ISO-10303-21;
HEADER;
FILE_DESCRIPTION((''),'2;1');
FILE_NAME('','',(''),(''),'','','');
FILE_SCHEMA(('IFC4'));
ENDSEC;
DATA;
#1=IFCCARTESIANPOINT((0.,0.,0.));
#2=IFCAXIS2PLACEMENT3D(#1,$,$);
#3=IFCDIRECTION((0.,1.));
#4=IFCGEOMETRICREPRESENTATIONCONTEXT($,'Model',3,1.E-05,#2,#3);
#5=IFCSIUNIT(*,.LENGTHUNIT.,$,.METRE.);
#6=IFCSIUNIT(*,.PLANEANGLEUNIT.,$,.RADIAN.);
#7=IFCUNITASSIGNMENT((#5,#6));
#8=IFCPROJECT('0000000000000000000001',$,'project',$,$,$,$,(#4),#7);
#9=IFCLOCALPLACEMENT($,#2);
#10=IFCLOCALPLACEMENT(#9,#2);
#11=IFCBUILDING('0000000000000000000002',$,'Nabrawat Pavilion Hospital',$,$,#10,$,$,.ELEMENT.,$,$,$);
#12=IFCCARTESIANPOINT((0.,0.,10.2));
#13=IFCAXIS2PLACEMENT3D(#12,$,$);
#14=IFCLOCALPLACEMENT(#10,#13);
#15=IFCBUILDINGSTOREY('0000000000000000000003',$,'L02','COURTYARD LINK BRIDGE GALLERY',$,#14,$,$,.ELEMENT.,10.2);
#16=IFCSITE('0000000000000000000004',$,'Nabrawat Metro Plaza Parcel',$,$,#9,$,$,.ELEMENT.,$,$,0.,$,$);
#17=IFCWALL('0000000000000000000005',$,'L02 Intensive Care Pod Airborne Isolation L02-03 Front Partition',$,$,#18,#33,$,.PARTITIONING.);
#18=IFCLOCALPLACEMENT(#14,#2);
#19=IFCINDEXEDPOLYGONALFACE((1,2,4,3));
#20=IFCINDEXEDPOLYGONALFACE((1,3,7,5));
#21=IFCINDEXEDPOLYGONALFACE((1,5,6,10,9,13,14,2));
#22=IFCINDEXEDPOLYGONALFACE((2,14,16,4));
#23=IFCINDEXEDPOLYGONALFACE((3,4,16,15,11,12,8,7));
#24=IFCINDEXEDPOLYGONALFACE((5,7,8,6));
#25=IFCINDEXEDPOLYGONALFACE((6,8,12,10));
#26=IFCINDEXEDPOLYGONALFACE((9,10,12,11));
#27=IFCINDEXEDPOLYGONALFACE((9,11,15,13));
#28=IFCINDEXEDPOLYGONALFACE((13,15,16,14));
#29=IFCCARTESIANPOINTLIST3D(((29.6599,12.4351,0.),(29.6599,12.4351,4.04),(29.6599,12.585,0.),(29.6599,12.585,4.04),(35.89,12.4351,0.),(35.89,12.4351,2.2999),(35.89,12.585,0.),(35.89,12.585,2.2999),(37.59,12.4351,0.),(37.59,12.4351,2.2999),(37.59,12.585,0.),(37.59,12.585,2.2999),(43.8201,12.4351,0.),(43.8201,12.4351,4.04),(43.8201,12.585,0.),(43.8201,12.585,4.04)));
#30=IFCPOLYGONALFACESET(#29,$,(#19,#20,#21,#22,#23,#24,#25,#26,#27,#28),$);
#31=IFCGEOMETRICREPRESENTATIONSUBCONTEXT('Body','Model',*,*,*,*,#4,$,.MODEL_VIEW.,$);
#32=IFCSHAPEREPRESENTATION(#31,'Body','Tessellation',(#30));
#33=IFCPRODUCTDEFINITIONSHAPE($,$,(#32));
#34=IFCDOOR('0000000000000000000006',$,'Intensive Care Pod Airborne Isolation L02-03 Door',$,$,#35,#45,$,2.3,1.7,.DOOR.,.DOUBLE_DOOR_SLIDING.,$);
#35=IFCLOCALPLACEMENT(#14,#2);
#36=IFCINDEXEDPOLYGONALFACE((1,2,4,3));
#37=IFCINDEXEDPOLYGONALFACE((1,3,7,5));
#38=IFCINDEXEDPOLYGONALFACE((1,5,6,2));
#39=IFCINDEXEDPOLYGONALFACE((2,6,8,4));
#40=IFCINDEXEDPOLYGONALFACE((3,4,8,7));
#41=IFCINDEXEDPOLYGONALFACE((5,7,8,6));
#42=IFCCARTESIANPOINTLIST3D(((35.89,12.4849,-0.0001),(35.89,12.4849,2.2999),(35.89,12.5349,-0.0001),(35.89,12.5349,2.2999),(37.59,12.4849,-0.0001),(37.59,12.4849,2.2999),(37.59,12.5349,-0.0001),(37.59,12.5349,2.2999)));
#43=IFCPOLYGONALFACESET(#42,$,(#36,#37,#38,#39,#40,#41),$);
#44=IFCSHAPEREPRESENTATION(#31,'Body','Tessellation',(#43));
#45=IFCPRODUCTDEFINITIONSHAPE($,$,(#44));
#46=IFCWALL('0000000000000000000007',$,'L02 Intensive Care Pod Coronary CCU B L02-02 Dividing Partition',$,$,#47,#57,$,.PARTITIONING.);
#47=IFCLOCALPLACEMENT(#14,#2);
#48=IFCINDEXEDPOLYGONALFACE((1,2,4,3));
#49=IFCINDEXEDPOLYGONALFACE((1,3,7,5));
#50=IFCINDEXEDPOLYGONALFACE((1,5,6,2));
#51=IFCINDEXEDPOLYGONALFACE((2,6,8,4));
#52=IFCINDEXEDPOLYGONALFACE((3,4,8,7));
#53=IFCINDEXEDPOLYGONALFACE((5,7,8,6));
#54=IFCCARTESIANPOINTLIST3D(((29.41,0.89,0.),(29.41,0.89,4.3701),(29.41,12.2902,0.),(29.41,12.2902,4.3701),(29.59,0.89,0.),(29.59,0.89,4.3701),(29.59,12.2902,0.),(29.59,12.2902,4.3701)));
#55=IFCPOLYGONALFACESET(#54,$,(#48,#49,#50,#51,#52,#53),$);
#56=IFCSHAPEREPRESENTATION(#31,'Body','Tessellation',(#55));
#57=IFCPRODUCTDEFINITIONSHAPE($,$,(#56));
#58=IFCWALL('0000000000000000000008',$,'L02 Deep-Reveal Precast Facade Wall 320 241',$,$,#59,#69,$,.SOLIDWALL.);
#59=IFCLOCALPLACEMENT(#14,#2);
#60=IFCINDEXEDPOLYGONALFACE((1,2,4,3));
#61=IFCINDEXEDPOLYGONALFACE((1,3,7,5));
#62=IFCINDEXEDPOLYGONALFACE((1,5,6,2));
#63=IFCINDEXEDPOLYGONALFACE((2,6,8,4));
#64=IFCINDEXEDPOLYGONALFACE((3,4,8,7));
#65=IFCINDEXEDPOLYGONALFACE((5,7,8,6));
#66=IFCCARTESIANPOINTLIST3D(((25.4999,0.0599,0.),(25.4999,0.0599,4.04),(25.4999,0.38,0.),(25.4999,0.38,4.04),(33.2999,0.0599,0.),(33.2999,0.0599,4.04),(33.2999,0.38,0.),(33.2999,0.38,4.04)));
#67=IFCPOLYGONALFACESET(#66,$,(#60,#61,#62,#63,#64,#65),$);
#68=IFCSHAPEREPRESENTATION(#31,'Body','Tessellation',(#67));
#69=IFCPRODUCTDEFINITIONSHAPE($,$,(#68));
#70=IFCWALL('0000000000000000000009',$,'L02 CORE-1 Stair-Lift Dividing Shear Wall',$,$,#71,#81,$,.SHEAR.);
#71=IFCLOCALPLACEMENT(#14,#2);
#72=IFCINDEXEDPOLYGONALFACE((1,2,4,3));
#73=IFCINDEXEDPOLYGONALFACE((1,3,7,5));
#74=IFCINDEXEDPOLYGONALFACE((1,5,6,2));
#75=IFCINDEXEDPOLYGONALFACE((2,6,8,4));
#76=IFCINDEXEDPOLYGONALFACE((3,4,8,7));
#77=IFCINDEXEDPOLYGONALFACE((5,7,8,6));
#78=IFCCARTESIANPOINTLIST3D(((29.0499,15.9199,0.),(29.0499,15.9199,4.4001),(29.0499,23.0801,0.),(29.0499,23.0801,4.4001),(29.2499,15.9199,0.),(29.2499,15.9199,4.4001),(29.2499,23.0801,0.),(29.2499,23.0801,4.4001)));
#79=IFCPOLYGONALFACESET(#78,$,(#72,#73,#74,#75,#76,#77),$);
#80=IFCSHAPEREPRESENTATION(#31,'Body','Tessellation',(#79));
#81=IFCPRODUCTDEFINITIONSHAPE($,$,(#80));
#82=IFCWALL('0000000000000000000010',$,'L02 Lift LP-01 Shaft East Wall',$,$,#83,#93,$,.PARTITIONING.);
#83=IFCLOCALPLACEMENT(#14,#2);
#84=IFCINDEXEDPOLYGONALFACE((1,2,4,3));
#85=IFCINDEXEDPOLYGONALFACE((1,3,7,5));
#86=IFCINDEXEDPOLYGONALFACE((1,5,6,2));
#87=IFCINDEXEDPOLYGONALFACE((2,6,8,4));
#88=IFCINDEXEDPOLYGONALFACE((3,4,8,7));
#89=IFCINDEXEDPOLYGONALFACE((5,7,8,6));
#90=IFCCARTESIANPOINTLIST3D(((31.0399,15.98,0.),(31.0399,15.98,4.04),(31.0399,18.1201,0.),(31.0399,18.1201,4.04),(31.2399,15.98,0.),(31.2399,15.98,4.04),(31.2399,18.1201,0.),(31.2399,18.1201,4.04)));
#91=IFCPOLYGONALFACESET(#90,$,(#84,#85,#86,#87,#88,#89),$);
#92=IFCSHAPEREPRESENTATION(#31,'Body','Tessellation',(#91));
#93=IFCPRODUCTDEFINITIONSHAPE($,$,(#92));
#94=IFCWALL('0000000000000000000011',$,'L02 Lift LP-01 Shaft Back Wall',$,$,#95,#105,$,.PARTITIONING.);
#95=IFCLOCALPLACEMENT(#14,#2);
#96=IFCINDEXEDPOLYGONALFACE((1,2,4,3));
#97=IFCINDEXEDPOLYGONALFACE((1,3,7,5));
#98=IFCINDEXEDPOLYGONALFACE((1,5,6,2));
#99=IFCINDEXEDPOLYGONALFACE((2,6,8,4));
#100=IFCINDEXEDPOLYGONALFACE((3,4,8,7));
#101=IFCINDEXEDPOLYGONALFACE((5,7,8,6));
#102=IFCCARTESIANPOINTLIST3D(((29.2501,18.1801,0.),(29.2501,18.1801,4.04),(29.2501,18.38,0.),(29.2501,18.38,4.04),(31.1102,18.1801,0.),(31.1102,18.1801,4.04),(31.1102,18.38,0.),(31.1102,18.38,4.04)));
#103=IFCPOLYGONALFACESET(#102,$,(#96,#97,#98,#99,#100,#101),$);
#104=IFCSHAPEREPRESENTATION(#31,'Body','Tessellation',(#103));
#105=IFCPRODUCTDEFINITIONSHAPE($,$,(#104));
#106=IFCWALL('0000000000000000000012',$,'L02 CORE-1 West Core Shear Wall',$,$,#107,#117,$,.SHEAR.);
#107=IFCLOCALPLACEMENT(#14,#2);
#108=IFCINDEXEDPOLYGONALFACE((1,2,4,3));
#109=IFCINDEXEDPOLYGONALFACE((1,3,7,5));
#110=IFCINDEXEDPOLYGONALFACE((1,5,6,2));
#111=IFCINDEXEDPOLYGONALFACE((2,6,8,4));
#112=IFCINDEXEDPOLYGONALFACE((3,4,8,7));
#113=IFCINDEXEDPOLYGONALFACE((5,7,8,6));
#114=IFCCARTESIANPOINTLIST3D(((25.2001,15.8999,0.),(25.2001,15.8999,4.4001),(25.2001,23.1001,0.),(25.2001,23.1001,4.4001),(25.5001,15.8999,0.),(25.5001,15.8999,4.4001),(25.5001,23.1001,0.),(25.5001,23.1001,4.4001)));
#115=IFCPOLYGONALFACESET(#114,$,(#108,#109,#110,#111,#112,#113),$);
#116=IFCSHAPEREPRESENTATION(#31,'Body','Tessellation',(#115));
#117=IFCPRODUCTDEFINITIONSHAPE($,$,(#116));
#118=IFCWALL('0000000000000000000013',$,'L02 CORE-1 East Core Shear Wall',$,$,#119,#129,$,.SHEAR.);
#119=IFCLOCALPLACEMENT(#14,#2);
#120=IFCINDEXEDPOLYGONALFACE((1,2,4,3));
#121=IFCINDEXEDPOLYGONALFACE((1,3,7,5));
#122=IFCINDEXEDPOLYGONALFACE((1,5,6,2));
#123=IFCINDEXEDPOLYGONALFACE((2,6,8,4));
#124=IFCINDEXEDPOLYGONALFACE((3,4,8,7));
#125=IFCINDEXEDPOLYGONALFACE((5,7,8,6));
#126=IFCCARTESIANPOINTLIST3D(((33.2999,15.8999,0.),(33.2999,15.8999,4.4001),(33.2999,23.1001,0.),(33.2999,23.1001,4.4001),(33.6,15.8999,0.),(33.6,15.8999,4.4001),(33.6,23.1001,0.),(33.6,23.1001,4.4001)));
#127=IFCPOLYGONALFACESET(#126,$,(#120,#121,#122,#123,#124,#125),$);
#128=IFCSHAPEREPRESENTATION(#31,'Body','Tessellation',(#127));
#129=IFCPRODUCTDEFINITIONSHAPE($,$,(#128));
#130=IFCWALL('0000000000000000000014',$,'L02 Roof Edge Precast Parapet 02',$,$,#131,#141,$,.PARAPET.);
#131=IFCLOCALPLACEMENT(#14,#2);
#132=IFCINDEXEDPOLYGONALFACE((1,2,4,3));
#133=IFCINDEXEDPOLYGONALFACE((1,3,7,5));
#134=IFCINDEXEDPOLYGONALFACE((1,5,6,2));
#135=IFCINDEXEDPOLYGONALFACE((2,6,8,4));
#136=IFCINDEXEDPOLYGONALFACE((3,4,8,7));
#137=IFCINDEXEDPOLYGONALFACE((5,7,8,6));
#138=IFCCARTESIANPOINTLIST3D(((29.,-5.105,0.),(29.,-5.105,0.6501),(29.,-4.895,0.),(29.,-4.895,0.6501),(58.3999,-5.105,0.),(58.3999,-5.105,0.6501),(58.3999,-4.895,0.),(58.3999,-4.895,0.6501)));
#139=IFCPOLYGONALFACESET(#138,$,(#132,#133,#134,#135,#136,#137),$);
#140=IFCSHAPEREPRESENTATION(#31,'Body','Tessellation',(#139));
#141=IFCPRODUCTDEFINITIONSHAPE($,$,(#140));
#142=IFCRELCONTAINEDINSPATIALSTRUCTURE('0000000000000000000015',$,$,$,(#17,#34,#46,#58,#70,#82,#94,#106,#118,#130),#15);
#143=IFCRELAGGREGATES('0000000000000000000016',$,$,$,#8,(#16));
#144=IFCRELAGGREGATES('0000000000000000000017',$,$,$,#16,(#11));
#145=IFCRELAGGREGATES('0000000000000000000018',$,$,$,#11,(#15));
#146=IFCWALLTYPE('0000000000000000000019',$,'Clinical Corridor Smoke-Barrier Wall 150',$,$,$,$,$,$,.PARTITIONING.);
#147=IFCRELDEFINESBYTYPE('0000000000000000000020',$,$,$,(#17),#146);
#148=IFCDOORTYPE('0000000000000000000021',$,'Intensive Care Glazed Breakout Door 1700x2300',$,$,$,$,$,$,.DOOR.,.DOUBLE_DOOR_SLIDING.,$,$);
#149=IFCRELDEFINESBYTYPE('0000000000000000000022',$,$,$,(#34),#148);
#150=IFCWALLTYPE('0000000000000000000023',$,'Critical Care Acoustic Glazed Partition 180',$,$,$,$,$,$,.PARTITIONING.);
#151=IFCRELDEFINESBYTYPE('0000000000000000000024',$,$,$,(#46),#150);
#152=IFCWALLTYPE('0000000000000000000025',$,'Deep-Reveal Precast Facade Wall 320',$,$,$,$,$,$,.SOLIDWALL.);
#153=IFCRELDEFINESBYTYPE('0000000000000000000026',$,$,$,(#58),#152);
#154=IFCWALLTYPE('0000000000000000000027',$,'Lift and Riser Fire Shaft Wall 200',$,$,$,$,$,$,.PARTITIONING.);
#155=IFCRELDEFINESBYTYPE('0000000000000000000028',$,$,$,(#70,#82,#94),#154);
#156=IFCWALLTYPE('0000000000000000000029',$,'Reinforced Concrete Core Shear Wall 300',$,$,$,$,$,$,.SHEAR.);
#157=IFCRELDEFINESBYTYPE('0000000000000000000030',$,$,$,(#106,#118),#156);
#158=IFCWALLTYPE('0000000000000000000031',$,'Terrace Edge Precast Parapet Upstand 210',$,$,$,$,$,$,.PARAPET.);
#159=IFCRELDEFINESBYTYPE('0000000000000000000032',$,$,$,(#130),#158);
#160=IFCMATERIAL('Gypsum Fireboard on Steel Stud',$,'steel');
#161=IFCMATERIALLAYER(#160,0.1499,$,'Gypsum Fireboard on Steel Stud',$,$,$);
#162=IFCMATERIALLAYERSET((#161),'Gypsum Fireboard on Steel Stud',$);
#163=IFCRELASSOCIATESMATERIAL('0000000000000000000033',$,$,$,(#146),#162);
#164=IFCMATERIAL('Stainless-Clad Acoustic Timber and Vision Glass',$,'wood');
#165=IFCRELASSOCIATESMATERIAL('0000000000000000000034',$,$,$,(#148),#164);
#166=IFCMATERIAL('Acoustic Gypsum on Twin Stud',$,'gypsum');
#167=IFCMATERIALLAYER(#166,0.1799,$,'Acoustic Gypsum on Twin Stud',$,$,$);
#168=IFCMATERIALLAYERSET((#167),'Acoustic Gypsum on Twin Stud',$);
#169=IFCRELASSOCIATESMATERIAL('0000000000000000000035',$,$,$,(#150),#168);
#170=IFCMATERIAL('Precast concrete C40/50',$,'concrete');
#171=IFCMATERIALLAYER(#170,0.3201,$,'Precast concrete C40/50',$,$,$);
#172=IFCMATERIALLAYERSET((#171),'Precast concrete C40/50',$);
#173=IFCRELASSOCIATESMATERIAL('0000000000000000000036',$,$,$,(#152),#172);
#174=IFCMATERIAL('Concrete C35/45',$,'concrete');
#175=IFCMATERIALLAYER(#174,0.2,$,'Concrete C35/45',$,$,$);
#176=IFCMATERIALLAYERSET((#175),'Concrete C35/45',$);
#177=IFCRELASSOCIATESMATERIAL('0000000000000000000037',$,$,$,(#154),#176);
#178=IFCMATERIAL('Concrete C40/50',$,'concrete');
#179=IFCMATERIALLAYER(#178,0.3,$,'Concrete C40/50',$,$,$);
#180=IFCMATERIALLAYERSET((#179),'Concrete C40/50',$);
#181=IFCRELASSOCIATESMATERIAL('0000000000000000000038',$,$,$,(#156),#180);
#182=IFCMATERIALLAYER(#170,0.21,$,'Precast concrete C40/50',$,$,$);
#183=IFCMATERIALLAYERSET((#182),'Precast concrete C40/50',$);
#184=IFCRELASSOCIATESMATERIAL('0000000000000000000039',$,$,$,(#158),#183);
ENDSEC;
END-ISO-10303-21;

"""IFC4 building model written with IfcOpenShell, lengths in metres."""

from ifc_helpers import new_model, si_unit, direction, frame, frame_2d, origin, place, context, subcontext, project, spatial, rectangle, extrude, material, layer, layer_set, type_object, element, fill, save


model = new_model("IFC4")

# Units and contexts
model_context = context("Model", 3, precision=1e-05, world=origin(), true_north=direction((0.0, 1.0)))
body_context = subcontext(model_context, "Body", "Model", "MODEL_VIEW")
ifc_project = project(units=[si_unit("LENGTHUNIT", "METRE"), si_unit("PLANEANGLEUNIT", "RADIAN")], contexts=[model_context])

# Site, building, storey
site_placement = place(None, origin())
site = spatial("IfcSite", under=ifc_project, at=site_placement, Name="Nabrawat Metro Plaza Parcel", CompositionType="ELEMENT", RefElevation=0.0)
building_placement = place(site_placement, origin())
building = spatial("IfcBuilding", under=site, at=building_placement, Name="Nabrawat Pavilion Hospital", CompositionType="ELEMENT")
storey_placement = place(building_placement, frame((0.0, 0.0, 10.2)))
storey = spatial("IfcBuildingStorey", under=building, at=storey_placement, Name="L02", Description="COURTYARD LINK BRIDGE GALLERY", CompositionType="ELEMENT", Elevation=10.2)

# Shared definitions
ifc_material_1 = material(Name="Concrete C40/50", Category="concrete")

# Wall, opening, door
ifc_material_2 = material(Name="Gypsum Fireboard on Steel Stud", Category="steel")
ifc_layer_1 = layer(ifc_material_2, 0.1499, Name="Gypsum Fireboard on Steel Stud")
ifc_layer_set_1 = layer_set([ifc_layer_1], Name="Gypsum Fireboard on Steel Stud")
wall_type_1 = type_object("IfcWallType", Name="Clinical Corridor Smoke-Barrier Wall 150", PredefinedType="PARTITIONING", material=ifc_layer_set_1)
wall_1_placement = place(storey_placement, frame((29.6599, 12.51, 0.0), z_axis=(0.0, 0.0, 1.0), x_axis=(1.0, 0.0, 0.0)))
wall_1 = element("IfcWall", 1, at=wall_1_placement, inside=storey, type_object=wall_type_1, Name="L02 Intensive Care Pod Airborne Isolation L02-03 Front Partition", PredefinedType="PARTITIONING", context=body_context, shape_type="SweptSolid", body=[
    extrude(rectangle(XDim=14.1602, YDim=0.1499, at=frame_2d((7.0801, 0.0))), origin(), (0.0, 0.0, 1.0), 4.04),
])
opening_placement = place(wall_1_placement, frame((6.23, 0.0, 0.0)))
opening = element("IfcOpeningElement", 2, at=opening_placement, cuts=wall_1, PredefinedType="OPENING", context=body_context, shape_type="SweptSolid", body=[
    extrude(rectangle(XDim=1.7, YDim=2.3, at=frame_2d((0.8501, 1.1499))), frame((0.0, 0.085, 0.0), z_axis=(0.0, -1.0, 0.0), x_axis=(1.0, 0.0, 0.0)), (0.0, 0.0, 1.0), 0.1699),
])
ifc_material_3 = material(Name="Stainless-Clad Acoustic Timber and Vision Glass", Category="wood")
door_type = type_object("IfcDoorType", Name="Intensive Care Glazed Breakout Door 1700x2300", OperationType="DOUBLE_DOOR_SLIDING", PredefinedType="DOOR", material=ifc_material_3)
door_placement = place(opening_placement, origin())
door = element("IfcDoor", 3, at=door_placement, inside=storey, type_object=door_type, Name="Intensive Care Pod Airborne Isolation L02-03 Door", OperationType="DOUBLE_DOOR_SLIDING", OverallHeight=2.3, OverallWidth=1.7, PredefinedType="DOOR", context=body_context, shape_type="SweptSolid", body=[
    extrude(rectangle(XDim=1.7, YDim=2.3, at=frame_2d((0.8501, 1.1499))), frame((0.0, 0.0249, 0.0), z_axis=(0.0, -1.0, 0.0), x_axis=(1.0, 0.0, 0.0)), (0.0, 0.0, 1.0), 0.05),
])
fill(opening, door)

# Walls
ifc_material_4 = material(Name="Acoustic Gypsum on Twin Stud", Category="gypsum")
ifc_layer_2 = layer(ifc_material_4, 0.1799, Name="Acoustic Gypsum on Twin Stud")
ifc_layer_set_2 = layer_set([ifc_layer_2], Name="Acoustic Gypsum on Twin Stud")
wall_type_2 = type_object("IfcWallType", Name="Critical Care Acoustic Glazed Partition 180", PredefinedType="PARTITIONING", material=ifc_layer_set_2)
wall_2_placement = place(storey_placement, frame((29.5, 0.8899, 0.0), z_axis=(0.0, 0.0, 1.0), x_axis=(0.0, 1.0, 0.0)))
element("IfcWall", 4, at=wall_2_placement, inside=storey, type_object=wall_type_2, Name="L02 Intensive Care Pod Coronary CCU B L02-02 Dividing Partition", PredefinedType="PARTITIONING", context=body_context, shape_type="SweptSolid", body=[
    extrude(rectangle(XDim=11.4001, YDim=0.1799, at=frame_2d((5.7002, 0.0))), origin(), (0.0, 0.0, 1.0), 4.3701),
])
ifc_material_5 = material(Name="Precast concrete C40/50", Category="concrete")
ifc_layer_3 = layer(ifc_material_5, 0.3201, Name="Precast concrete C40/50")
ifc_layer_set_3 = layer_set([ifc_layer_3], Name="Precast concrete C40/50")
wall_type_3 = type_object("IfcWallType", Name="Deep-Reveal Precast Facade Wall 320", PredefinedType="SOLIDWALL", material=ifc_layer_set_3)
wall_3_placement = place(storey_placement, frame((25.5, 0.22, 0.0), z_axis=(0.0, 0.0, 1.0), x_axis=(1.0, 0.0, 0.0)))
element("IfcWall", 5, at=wall_3_placement, inside=storey, type_object=wall_type_3, Name="L02 Deep-Reveal Precast Facade Wall 320 241", PredefinedType="SOLIDWALL", context=body_context, shape_type="SweptSolid", body=[
    extrude(rectangle(XDim=7.8, YDim=0.3201, at=frame_2d((3.8999, 0.0))), origin(), (0.0, 0.0, 1.0), 4.04),
])
ifc_material_6 = material(Name="Concrete C35/45", Category="concrete")
ifc_layer_4 = layer(ifc_material_6, 0.2, Name="Concrete C35/45")
ifc_layer_set_4 = layer_set([ifc_layer_4], Name="Concrete C35/45")
wall_type_4 = type_object("IfcWallType", Name="Lift and Riser Fire Shaft Wall 200", PredefinedType="PARTITIONING", material=ifc_layer_set_4)
wall_4_placement = place(storey_placement, frame((29.1499, 15.9199, 0.0), z_axis=(0.0, 0.0, 1.0), x_axis=(0.0, 1.0, 0.0)))
element("IfcWall", 6, at=wall_4_placement, inside=storey, type_object=wall_type_4, Name="L02 CORE-1 Stair-Lift Dividing Shear Wall", PredefinedType="SHEAR", context=body_context, shape_type="SweptSolid", body=[
    extrude(rectangle(XDim=7.1602, YDim=0.2, at=frame_2d((3.5801, 0.0))), origin(), (0.0, 0.0, 1.0), 4.4001),
])
wall_5_placement = place(storey_placement, frame((31.1399, 15.98, 0.0), z_axis=(0.0, 0.0, 1.0), x_axis=(0.0, 1.0, 0.0)))
element("IfcWall", 7, at=wall_5_placement, inside=storey, type_object=wall_type_4, Name="L02 Lift LP-01 Shaft East Wall", PredefinedType="PARTITIONING", context=body_context, shape_type="SweptSolid", body=[
    extrude(rectangle(XDim=2.1401, YDim=0.2, at=frame_2d((1.0701, 0.0))), origin(), (0.0, 0.0, 1.0), 4.04),
])
wall_6_placement = place(storey_placement, frame((29.25, 18.28, 0.0), z_axis=(0.0, 0.0, 1.0), x_axis=(1.0, 0.0, 0.0)))
element("IfcWall", 8, at=wall_6_placement, inside=storey, type_object=wall_type_4, Name="L02 Lift LP-01 Shaft Back Wall", PredefinedType="PARTITIONING", context=body_context, shape_type="SweptSolid", body=[
    extrude(rectangle(XDim=1.8601, YDim=0.2, at=frame_2d((0.9302, 0.0))), origin(), (0.0, 0.0, 1.0), 4.04),
])
ifc_layer_5 = layer(ifc_material_1, 0.3, Name="Concrete C40/50")
ifc_layer_set_5 = layer_set([ifc_layer_5], Name="Concrete C40/50")
wall_type_5 = type_object("IfcWallType", Name="Reinforced Concrete Core Shear Wall 300", PredefinedType="SHEAR", material=ifc_layer_set_5)
for number, where, z_axis, x_axis, name in (
    (9, (25.3501, 15.8999, 0.0), (0.0, 0.0, 1.0), (0.0, 1.0, 0.0), "L02 CORE-1 West Core Shear Wall"),
    (10, (33.45, 15.8999, 0.0), (0.0, 0.0, 1.0), (0.0, 1.0, 0.0), "L02 CORE-1 East Core Shear Wall"),
):
    element("IfcWall", number, at=place(storey_placement, frame(where, z_axis=z_axis, x_axis=x_axis)), inside=storey, type_object=wall_type_5, Name=name, PredefinedType="SHEAR", context=body_context, shape_type="SweptSolid", body=[
        extrude(rectangle(XDim=7.2002, YDim=0.3, at=frame_2d((3.6001, 0.0))), origin(), (0.0, 0.0, 1.0), 4.4001),
    ])
ifc_layer_6 = layer(ifc_material_5, 0.21, Name="Precast concrete C40/50")
ifc_layer_set_6 = layer_set([ifc_layer_6], Name="Precast concrete C40/50")
wall_type_6 = type_object("IfcWallType", Name="Terrace Edge Precast Parapet Upstand 210", PredefinedType="PARAPET", material=ifc_layer_set_6)
wall_7_placement = place(storey_placement, frame((29.0, -5.0, 0.0), z_axis=(0.0, 0.0, 1.0), x_axis=(1.0, 0.0, 0.0)))
element("IfcWall", 11, at=wall_7_placement, inside=storey, type_object=wall_type_6, Name="L02 Roof Edge Precast Parapet 02", PredefinedType="PARAPET", context=body_context, shape_type="SweptSolid", body=[
    extrude(rectangle(XDim=29.3999, YDim=0.21, at=frame_2d((14.7, 0.0))), origin(), (0.0, 0.0, 1.0), 0.6501),
])

save(model, "model.ifc")
